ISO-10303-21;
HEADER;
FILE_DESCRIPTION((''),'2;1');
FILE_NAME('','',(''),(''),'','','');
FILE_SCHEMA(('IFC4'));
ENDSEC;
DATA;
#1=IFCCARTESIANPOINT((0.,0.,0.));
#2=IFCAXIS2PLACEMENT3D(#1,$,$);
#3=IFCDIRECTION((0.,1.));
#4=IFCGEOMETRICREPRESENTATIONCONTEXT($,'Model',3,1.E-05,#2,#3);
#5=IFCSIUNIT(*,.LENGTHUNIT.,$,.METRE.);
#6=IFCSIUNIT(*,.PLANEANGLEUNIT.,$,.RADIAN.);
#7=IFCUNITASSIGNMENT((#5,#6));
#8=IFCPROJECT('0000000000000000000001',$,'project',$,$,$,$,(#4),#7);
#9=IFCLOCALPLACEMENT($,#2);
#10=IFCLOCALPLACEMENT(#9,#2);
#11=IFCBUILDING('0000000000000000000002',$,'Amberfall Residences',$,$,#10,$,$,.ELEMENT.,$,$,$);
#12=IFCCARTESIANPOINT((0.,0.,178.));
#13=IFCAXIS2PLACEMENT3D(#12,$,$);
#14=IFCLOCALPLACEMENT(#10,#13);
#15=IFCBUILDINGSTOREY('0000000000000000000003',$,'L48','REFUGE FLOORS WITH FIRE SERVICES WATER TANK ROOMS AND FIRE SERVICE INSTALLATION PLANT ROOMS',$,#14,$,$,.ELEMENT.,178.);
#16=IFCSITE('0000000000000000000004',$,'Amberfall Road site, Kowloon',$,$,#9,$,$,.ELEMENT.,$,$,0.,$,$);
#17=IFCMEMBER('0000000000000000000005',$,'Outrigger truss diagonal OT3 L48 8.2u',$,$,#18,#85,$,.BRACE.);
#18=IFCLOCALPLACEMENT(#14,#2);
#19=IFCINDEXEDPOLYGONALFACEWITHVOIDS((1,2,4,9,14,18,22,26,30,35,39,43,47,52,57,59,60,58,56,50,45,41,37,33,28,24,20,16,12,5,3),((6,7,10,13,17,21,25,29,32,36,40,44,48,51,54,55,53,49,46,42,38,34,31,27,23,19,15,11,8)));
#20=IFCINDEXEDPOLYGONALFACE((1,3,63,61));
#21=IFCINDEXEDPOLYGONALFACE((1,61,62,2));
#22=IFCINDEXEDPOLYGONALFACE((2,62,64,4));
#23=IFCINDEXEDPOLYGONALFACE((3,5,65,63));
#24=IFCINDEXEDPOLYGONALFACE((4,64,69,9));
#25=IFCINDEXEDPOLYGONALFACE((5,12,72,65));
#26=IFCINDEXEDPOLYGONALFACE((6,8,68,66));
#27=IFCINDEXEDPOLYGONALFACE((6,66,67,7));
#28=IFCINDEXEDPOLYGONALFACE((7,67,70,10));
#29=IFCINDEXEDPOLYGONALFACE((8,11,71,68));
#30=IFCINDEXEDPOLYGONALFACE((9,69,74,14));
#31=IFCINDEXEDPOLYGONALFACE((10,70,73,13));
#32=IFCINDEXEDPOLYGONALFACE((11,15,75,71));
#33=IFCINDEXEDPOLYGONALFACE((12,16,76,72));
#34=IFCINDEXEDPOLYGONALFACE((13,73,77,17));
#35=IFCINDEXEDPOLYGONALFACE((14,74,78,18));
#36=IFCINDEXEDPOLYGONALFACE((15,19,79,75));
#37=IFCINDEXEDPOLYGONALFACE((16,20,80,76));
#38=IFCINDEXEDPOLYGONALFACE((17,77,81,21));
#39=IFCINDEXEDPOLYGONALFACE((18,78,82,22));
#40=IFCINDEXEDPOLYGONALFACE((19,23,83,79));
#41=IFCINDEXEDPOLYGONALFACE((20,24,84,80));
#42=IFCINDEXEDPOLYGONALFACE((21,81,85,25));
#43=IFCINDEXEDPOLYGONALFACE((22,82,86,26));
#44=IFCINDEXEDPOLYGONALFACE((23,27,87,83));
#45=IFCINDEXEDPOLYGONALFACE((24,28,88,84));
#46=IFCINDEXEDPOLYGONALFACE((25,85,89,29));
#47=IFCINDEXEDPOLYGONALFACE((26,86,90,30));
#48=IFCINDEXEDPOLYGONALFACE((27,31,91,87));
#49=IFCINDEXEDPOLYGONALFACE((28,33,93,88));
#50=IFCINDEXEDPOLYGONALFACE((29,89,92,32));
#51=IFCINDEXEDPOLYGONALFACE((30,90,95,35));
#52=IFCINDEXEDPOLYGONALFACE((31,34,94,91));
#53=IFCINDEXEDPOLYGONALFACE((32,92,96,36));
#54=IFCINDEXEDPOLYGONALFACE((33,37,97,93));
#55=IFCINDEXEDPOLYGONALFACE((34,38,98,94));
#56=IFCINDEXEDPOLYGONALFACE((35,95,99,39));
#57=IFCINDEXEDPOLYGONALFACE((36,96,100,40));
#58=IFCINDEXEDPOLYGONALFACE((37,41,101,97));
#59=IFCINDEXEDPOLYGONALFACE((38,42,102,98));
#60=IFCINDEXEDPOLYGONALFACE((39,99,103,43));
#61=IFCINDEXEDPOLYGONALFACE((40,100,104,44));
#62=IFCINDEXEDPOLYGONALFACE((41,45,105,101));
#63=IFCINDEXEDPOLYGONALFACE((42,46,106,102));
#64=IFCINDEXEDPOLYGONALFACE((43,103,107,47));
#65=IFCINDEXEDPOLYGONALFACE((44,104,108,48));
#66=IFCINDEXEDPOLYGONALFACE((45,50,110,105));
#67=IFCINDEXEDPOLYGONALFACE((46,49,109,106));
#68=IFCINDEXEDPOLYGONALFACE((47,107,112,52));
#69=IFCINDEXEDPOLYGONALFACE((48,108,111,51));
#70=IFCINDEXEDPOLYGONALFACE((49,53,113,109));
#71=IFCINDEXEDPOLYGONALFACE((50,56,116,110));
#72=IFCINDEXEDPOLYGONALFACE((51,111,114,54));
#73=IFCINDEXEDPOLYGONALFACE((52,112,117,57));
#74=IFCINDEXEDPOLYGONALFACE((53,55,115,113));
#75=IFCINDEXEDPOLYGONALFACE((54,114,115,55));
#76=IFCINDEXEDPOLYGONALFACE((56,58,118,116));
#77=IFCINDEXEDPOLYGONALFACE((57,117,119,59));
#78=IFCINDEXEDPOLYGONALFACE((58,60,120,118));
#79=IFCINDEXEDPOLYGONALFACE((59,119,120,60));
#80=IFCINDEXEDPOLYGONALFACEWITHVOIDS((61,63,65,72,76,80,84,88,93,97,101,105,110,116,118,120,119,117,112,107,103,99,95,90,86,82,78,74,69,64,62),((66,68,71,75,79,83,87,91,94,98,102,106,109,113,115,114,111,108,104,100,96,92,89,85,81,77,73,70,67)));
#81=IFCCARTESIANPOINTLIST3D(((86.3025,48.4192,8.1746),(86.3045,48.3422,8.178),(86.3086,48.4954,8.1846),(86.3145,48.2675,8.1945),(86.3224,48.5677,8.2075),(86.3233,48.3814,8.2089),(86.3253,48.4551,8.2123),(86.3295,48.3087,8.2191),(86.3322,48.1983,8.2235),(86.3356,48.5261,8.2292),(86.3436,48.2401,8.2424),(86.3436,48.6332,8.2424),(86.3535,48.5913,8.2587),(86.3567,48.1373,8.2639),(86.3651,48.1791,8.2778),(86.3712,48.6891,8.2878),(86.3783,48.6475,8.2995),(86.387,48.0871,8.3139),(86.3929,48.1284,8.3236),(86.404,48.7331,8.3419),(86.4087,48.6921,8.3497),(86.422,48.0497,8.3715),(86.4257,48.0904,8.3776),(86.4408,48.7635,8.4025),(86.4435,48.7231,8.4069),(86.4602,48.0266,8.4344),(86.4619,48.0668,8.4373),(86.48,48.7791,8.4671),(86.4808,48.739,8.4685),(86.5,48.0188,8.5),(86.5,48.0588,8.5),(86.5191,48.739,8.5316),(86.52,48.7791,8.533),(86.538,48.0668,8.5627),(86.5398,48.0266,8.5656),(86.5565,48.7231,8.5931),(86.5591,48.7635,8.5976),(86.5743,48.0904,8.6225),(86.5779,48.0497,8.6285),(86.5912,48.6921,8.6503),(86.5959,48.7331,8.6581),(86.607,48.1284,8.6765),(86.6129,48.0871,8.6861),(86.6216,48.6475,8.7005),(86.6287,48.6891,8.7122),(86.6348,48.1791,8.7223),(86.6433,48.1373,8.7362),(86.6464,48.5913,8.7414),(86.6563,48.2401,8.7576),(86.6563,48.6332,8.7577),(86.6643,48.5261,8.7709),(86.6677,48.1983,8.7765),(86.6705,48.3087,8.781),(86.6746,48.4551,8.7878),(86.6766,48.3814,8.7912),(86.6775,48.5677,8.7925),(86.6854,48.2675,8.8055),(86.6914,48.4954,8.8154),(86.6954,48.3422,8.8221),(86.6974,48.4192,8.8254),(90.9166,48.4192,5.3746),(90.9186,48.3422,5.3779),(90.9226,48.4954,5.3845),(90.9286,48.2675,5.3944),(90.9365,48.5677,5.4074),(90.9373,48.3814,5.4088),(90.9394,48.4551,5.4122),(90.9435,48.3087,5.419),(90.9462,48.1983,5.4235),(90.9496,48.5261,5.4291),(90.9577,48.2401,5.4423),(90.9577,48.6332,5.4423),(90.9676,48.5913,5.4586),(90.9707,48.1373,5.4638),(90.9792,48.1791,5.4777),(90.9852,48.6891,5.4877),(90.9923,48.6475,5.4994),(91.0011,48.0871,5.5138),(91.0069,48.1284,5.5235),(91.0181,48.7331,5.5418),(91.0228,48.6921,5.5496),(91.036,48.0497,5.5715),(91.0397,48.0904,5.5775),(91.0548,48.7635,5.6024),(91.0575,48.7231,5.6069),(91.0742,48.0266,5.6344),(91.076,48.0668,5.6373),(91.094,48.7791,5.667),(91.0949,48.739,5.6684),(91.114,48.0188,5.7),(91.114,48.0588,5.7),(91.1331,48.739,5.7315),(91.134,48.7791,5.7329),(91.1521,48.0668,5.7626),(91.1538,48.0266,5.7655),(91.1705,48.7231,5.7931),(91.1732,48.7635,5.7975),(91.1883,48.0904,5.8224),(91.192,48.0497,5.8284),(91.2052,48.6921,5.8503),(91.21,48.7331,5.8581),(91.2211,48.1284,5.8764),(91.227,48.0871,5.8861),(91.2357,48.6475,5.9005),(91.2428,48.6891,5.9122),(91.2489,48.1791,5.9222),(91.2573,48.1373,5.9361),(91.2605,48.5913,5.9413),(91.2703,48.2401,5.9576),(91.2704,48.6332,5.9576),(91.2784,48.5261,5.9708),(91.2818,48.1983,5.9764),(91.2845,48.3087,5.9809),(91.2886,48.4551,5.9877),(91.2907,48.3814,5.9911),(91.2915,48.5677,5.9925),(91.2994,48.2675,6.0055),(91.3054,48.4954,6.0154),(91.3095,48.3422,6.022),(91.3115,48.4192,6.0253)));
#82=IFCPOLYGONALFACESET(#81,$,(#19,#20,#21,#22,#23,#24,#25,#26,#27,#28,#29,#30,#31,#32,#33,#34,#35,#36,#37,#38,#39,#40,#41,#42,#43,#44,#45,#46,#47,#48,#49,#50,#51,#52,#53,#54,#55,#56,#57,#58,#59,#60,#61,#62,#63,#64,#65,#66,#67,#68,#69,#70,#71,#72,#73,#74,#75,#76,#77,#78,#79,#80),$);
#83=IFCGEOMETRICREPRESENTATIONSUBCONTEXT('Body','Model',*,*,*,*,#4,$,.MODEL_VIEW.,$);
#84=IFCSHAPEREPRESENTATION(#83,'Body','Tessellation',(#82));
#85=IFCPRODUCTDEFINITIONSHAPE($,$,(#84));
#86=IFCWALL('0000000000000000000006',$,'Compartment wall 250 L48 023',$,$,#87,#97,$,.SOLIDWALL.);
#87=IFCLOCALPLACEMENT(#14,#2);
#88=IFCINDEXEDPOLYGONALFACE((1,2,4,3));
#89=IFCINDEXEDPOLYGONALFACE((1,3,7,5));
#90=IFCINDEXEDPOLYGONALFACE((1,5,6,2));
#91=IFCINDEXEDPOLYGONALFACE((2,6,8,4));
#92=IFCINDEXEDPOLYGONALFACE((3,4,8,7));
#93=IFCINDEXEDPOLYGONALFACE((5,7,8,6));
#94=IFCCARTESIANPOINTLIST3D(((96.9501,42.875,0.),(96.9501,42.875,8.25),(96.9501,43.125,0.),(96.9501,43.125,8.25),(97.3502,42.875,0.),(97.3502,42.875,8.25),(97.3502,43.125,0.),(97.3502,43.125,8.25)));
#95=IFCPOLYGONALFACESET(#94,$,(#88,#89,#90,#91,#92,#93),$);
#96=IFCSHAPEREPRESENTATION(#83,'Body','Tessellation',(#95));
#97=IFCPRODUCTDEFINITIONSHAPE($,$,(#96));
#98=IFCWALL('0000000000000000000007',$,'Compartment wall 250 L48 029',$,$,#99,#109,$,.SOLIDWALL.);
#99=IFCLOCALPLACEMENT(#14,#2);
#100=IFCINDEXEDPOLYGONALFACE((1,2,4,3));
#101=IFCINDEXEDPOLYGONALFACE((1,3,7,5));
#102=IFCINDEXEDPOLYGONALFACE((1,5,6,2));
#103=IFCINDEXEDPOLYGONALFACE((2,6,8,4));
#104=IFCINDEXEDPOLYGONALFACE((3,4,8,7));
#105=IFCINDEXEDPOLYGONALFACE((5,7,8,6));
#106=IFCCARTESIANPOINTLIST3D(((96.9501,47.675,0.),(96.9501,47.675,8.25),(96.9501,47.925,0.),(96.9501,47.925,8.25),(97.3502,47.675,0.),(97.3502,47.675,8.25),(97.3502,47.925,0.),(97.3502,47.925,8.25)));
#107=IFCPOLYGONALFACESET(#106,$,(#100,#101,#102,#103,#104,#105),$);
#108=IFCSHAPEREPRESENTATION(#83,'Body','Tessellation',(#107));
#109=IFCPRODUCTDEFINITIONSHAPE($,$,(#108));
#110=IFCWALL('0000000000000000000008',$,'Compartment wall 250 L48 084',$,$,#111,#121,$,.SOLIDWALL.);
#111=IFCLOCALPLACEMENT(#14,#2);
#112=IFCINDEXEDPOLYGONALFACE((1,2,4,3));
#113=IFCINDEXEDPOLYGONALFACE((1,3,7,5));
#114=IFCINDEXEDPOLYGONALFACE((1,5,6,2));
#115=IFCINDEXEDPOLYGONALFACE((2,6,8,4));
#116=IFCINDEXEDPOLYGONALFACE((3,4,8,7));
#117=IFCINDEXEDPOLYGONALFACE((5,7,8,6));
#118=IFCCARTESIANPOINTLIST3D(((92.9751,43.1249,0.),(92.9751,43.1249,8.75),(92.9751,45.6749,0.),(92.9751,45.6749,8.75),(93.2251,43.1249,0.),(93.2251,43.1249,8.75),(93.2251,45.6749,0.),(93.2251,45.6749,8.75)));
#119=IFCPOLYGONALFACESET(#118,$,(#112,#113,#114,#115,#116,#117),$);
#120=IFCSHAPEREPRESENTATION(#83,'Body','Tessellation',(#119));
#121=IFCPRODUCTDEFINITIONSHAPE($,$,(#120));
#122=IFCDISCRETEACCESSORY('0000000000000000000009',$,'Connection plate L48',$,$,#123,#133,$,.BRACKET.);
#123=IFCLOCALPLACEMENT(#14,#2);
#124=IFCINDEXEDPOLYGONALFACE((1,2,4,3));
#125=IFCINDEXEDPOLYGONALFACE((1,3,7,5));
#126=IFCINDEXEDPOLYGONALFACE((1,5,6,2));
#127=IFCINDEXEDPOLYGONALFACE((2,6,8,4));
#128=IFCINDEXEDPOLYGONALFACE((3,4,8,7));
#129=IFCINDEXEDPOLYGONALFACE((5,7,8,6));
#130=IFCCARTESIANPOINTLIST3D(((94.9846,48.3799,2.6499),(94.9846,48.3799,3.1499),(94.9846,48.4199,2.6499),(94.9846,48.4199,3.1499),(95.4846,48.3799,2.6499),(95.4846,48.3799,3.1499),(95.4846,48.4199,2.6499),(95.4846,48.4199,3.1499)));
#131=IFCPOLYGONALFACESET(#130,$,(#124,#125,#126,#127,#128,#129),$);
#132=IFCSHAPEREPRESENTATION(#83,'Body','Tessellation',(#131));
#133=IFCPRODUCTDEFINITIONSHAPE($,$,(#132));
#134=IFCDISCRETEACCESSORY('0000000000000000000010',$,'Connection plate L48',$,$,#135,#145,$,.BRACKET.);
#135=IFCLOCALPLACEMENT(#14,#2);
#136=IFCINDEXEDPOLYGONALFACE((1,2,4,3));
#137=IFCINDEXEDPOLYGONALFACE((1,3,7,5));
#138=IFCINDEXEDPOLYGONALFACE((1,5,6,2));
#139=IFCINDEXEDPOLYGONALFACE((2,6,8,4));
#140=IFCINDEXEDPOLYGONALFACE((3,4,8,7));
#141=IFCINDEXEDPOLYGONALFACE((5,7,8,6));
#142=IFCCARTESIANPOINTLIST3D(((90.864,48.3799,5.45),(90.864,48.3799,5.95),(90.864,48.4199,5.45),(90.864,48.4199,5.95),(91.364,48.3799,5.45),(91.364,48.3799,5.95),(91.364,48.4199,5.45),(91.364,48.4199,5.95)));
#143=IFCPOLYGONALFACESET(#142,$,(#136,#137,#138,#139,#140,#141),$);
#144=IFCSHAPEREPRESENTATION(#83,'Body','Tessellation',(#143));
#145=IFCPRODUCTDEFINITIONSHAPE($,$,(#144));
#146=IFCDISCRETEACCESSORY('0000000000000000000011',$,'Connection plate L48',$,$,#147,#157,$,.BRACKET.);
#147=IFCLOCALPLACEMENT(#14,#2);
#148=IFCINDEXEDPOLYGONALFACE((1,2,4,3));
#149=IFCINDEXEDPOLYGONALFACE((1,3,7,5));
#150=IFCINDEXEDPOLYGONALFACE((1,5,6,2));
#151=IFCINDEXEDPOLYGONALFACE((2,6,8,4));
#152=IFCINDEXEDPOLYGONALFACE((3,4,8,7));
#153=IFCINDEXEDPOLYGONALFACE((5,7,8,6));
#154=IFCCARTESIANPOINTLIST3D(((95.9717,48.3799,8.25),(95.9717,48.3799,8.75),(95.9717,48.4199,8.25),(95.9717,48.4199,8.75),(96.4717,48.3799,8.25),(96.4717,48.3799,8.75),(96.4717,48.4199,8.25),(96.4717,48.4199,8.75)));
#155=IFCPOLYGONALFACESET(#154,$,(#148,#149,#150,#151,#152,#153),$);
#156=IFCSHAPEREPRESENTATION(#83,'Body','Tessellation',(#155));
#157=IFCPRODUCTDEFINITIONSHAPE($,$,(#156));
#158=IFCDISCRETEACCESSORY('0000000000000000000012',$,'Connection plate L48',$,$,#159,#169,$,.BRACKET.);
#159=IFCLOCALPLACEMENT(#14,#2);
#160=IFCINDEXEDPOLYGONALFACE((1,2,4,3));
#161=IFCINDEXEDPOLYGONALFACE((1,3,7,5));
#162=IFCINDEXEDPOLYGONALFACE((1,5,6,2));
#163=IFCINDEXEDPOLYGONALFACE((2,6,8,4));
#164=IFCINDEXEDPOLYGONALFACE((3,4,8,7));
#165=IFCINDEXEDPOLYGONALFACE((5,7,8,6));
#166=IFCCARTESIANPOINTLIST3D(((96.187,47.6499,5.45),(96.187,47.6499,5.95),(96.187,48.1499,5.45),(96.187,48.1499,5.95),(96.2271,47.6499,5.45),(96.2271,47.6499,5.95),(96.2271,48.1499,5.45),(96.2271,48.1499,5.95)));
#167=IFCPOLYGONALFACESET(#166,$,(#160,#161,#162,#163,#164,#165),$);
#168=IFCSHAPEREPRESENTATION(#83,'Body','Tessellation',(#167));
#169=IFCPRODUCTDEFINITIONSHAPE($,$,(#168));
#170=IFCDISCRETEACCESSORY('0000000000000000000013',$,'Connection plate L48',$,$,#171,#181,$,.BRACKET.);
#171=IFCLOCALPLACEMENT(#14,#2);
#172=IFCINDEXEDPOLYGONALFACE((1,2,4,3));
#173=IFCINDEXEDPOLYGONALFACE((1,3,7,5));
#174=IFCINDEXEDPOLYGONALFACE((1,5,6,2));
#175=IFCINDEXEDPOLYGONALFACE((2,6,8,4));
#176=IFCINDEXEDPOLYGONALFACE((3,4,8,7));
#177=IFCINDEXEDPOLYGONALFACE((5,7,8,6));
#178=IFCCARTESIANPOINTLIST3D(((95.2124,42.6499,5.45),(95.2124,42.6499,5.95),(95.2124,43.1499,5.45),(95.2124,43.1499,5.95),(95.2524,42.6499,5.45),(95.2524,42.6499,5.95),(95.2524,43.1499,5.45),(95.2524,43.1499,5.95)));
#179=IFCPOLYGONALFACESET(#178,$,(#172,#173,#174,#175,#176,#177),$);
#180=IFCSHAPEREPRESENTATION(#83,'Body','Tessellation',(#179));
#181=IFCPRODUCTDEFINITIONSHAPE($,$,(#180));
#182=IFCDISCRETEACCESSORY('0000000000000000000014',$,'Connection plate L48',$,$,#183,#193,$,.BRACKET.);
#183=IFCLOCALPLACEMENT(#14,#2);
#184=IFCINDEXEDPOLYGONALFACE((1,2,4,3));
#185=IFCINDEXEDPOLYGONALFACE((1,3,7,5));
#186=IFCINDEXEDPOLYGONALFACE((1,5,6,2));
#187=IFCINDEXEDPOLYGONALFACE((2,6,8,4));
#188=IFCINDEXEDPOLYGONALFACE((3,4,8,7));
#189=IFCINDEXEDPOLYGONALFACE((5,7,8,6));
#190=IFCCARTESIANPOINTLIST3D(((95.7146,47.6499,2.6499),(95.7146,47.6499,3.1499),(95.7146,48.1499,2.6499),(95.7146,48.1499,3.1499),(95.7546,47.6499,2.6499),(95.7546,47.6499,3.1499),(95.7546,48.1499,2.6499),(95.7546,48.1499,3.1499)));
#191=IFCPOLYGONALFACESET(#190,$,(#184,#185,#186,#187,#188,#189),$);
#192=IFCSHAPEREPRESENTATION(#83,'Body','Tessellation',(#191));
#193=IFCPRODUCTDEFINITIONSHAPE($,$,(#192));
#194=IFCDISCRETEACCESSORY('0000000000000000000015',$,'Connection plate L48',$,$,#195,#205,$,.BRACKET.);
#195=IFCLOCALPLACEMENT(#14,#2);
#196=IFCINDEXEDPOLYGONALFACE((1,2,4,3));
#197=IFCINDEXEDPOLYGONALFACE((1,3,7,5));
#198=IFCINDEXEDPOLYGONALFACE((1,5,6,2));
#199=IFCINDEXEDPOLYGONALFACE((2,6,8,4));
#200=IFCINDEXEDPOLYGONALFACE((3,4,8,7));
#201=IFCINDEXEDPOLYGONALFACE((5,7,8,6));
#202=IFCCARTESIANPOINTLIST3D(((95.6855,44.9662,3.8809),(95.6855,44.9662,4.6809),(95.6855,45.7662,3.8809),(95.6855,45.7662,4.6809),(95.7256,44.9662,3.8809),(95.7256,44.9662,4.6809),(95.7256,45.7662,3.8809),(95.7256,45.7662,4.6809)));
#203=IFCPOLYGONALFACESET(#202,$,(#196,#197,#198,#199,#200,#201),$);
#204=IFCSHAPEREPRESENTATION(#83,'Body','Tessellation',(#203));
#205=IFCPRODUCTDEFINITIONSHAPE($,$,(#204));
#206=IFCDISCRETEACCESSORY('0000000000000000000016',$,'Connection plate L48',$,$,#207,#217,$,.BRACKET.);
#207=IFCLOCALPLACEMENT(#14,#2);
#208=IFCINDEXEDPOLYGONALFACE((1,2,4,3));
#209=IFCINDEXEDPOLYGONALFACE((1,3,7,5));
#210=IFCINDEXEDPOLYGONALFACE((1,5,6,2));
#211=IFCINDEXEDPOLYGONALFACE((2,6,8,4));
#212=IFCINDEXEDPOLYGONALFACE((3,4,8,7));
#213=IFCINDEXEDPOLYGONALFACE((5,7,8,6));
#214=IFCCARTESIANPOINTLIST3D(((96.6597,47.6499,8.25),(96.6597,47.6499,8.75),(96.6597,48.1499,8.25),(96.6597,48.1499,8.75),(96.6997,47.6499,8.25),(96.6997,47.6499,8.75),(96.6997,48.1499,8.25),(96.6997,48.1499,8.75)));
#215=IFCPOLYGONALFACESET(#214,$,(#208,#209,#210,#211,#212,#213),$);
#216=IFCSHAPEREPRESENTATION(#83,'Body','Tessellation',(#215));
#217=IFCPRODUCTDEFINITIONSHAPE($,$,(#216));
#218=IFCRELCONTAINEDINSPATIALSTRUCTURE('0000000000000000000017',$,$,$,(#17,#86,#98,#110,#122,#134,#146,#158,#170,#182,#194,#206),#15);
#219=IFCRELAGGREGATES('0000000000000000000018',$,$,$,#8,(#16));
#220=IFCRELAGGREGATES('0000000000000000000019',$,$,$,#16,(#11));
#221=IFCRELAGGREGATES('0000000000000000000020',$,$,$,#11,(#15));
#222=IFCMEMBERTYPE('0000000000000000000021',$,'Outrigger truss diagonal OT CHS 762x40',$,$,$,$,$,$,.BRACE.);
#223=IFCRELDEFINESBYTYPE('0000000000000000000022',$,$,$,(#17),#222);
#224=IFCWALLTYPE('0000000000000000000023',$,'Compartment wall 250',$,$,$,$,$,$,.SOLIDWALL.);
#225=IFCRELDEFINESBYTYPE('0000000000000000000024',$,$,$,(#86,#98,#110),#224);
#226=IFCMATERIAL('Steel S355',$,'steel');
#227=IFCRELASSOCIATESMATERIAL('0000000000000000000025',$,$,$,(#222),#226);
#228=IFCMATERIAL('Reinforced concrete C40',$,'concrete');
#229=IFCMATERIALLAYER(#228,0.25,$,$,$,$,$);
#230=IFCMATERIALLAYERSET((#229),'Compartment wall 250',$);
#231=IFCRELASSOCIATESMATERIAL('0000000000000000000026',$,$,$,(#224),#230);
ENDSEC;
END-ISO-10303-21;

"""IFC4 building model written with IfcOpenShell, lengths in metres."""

from ifc_helpers import new_model, si_unit, direction, frame, frame_2d, origin, origin_2d, place, context, subcontext, project, spatial, rectangle, hollow_circle, extrude, material, layer, layer_set, material_profile, profile_set, type_object, element, save


model = new_model("IFC4")

# Units and contexts
model_context = context("Model", 3, precision=1e-05, world=origin(), true_north=direction((0.0, 1.0)))
body_context = subcontext(model_context, "Body", "Model", "MODEL_VIEW")
ifc_project = project(units=[si_unit("LENGTHUNIT", "METRE"), si_unit("PLANEANGLEUNIT", "RADIAN")], contexts=[model_context])

# Site, building, storey
site_placement = place(None, origin())
site = spatial("IfcSite", under=ifc_project, at=site_placement, Name="Amberfall Road site, Kowloon", CompositionType="ELEMENT", RefElevation=0.0)
building_placement = place(site_placement, origin())
building = spatial("IfcBuilding", under=site, at=building_placement, Name="Amberfall Residences", CompositionType="ELEMENT")
storey_placement = place(building_placement, frame((0.0, 0.0, 178.0)))
storey = spatial("IfcBuildingStorey", under=building, at=storey_placement, Name="L48", Description="REFUGE FLOORS WITH FIRE SERVICES WATER TANK ROOMS AND FIRE SERVICE INSTALLATION PLANT ROOMS", CompositionType="ELEMENT", Elevation=178.0)

# Shared definitions
ifc_material_1 = material(Name="Steel S355", Category="steel")

# Member
ifc_material_profile_1 = material_profile(ifc_material_1, hollow_circle(Radius=0.3811, WallThickness=0.04, at=origin_2d()), Name="CHS 762x40")
ifc_profile_set_1 = profile_set([ifc_material_profile_1], Name="Steel S355")
member_type_1 = type_object("IfcMemberType", Name="Outrigger truss diagonal OT CHS 762x40", PredefinedType="BRACE", material=ifc_profile_set_1)
for number, where, z_axis, x_axis, name in (
    (1, (91.114, 48.3999, 5.7), (-0.854896, 0.0, 0.5188), (0.0, -1.0, 0.0), "Outrigger truss diagonal OT3 L48 8.2u"),
):
    element("IfcMember", number, at=place(storey_placement, frame(where, z_axis=z_axis, x_axis=x_axis)), inside=storey, type_object=member_type_1, Name=name, PredefinedType="BRACE", context=body_context, shape_type="SweptSolid", body=[
        extrude(hollow_circle(Radius=0.3811, WallThickness=0.04, at=origin_2d()), origin(), (0.0, 0.0, 1.0), 5.3972),
    ])

# Walls
ifc_material_2 = material(Name="Reinforced concrete C40", Category="concrete")
ifc_layer = layer(ifc_material_2, 0.25)
ifc_layer_set = layer_set([ifc_layer], Name="Compartment wall 250")
wall_type = type_object("IfcWallType", Name="Compartment wall 250", PredefinedType="SOLIDWALL", material=ifc_layer_set)
for number, where, z_axis, x_axis, name in (
    (2, (96.95, 43.0, 0.0), (0.0, 0.0, 1.0), (1.0, 0.0, 0.0), "Compartment wall 250 L48 023"),
    (3, (96.95, 47.8, 0.0), (0.0, 0.0, 1.0), (1.0, 0.0, 0.0), "Compartment wall 250 L48 029"),
):
    element("IfcWall", number, at=place(storey_placement, frame(where, z_axis=z_axis, x_axis=x_axis)), inside=storey, type_object=wall_type, Name=name, PredefinedType="SOLIDWALL", context=body_context, shape_type="SweptSolid", body=[
        extrude(rectangle(XDim=0.4001, YDim=0.25, at=frame_2d((0.2002, 0.0))), origin(), (0.0, 0.0, 1.0), 8.25),
    ])
wall_placement = place(storey_placement, frame((93.1001, 43.125, 0.0), z_axis=(0.0, 0.0, 1.0), x_axis=(0.0, 1.0, 0.0)))
element("IfcWall", 4, at=wall_placement, inside=storey, type_object=wall_type, Name="Compartment wall 250 L48 084", PredefinedType="SOLIDWALL", context=body_context, shape_type="SweptSolid", body=[
    extrude(rectangle(XDim=2.55, YDim=0.25, at=frame_2d((1.2749, 0.0))), origin(), (0.0, 0.0, 1.0), 8.75),
])

# Discrete accessories
for number, where, z_axis, x_axis, name in (
    (5, (95.2346, 48.3999, 2.6499), (0.0, 0.0, 1.0), (1.0, 0.0, 0.0), "Connection plate L48"),
    (6, (91.114, 48.3999, 5.45), (0.0, 0.0, 1.0), (1.0, 0.0, 0.0), "Connection plate L48"),
    (7, (96.2217, 48.3999, 8.25), (0.0, 0.0, 1.0), (1.0, 0.0, 0.0), "Connection plate L48"),
    (8, (96.207, 47.8999, 5.45), (0.0, 0.0, 1.0), (0.0, 1.0, 0.0), "Connection plate L48"),
    (9, (95.2324, 42.8999, 5.45), (0.0, 0.0, 1.0), (0.0, 1.0, 0.0), "Connection plate L48"),
    (10, (95.7346, 47.8999, 2.6499), (0.0, 0.0, 1.0), (0.0, 1.0, 0.0), "Connection plate L48"),
):
    element("IfcDiscreteAccessory", number, at=place(storey_placement, frame(where, z_axis=z_axis, x_axis=x_axis)), inside=storey, Name=name, PredefinedType="BRACKET", context=body_context, shape_type="SweptSolid", body=[
        extrude(rectangle(XDim=0.5, YDim=0.04, at=origin_2d()), origin(), (0.0, 0.0, 1.0), 0.5),
    ])
discrete_accessory_1_placement = place(storey_placement, frame((95.7056, 45.3662, 3.8809), z_axis=(0.0, 0.0, 1.0), x_axis=(0.0, 1.0, 0.0)))
element("IfcDiscreteAccessory", 11, at=discrete_accessory_1_placement, inside=storey, Name="Connection plate L48", PredefinedType="BRACKET", context=body_context, shape_type="SweptSolid", body=[
    extrude(rectangle(XDim=0.8, YDim=0.04, at=origin_2d()), origin(), (0.0, 0.0, 1.0), 0.8),
])
for number, where, z_axis, x_axis, name in (
    (12, (96.6797, 47.8999, 8.25), (0.0, 0.0, 1.0), (0.0, 1.0, 0.0), "Connection plate L48"),
):
    element("IfcDiscreteAccessory", number, at=place(storey_placement, frame(where, z_axis=z_axis, x_axis=x_axis)), inside=storey, Name=name, PredefinedType="BRACKET", context=body_context, shape_type="SweptSolid", body=[
        extrude(rectangle(XDim=0.5, YDim=0.04, at=origin_2d()), origin(), (0.0, 0.0, 1.0), 0.5),
    ])

save(model, "model.ifc")
